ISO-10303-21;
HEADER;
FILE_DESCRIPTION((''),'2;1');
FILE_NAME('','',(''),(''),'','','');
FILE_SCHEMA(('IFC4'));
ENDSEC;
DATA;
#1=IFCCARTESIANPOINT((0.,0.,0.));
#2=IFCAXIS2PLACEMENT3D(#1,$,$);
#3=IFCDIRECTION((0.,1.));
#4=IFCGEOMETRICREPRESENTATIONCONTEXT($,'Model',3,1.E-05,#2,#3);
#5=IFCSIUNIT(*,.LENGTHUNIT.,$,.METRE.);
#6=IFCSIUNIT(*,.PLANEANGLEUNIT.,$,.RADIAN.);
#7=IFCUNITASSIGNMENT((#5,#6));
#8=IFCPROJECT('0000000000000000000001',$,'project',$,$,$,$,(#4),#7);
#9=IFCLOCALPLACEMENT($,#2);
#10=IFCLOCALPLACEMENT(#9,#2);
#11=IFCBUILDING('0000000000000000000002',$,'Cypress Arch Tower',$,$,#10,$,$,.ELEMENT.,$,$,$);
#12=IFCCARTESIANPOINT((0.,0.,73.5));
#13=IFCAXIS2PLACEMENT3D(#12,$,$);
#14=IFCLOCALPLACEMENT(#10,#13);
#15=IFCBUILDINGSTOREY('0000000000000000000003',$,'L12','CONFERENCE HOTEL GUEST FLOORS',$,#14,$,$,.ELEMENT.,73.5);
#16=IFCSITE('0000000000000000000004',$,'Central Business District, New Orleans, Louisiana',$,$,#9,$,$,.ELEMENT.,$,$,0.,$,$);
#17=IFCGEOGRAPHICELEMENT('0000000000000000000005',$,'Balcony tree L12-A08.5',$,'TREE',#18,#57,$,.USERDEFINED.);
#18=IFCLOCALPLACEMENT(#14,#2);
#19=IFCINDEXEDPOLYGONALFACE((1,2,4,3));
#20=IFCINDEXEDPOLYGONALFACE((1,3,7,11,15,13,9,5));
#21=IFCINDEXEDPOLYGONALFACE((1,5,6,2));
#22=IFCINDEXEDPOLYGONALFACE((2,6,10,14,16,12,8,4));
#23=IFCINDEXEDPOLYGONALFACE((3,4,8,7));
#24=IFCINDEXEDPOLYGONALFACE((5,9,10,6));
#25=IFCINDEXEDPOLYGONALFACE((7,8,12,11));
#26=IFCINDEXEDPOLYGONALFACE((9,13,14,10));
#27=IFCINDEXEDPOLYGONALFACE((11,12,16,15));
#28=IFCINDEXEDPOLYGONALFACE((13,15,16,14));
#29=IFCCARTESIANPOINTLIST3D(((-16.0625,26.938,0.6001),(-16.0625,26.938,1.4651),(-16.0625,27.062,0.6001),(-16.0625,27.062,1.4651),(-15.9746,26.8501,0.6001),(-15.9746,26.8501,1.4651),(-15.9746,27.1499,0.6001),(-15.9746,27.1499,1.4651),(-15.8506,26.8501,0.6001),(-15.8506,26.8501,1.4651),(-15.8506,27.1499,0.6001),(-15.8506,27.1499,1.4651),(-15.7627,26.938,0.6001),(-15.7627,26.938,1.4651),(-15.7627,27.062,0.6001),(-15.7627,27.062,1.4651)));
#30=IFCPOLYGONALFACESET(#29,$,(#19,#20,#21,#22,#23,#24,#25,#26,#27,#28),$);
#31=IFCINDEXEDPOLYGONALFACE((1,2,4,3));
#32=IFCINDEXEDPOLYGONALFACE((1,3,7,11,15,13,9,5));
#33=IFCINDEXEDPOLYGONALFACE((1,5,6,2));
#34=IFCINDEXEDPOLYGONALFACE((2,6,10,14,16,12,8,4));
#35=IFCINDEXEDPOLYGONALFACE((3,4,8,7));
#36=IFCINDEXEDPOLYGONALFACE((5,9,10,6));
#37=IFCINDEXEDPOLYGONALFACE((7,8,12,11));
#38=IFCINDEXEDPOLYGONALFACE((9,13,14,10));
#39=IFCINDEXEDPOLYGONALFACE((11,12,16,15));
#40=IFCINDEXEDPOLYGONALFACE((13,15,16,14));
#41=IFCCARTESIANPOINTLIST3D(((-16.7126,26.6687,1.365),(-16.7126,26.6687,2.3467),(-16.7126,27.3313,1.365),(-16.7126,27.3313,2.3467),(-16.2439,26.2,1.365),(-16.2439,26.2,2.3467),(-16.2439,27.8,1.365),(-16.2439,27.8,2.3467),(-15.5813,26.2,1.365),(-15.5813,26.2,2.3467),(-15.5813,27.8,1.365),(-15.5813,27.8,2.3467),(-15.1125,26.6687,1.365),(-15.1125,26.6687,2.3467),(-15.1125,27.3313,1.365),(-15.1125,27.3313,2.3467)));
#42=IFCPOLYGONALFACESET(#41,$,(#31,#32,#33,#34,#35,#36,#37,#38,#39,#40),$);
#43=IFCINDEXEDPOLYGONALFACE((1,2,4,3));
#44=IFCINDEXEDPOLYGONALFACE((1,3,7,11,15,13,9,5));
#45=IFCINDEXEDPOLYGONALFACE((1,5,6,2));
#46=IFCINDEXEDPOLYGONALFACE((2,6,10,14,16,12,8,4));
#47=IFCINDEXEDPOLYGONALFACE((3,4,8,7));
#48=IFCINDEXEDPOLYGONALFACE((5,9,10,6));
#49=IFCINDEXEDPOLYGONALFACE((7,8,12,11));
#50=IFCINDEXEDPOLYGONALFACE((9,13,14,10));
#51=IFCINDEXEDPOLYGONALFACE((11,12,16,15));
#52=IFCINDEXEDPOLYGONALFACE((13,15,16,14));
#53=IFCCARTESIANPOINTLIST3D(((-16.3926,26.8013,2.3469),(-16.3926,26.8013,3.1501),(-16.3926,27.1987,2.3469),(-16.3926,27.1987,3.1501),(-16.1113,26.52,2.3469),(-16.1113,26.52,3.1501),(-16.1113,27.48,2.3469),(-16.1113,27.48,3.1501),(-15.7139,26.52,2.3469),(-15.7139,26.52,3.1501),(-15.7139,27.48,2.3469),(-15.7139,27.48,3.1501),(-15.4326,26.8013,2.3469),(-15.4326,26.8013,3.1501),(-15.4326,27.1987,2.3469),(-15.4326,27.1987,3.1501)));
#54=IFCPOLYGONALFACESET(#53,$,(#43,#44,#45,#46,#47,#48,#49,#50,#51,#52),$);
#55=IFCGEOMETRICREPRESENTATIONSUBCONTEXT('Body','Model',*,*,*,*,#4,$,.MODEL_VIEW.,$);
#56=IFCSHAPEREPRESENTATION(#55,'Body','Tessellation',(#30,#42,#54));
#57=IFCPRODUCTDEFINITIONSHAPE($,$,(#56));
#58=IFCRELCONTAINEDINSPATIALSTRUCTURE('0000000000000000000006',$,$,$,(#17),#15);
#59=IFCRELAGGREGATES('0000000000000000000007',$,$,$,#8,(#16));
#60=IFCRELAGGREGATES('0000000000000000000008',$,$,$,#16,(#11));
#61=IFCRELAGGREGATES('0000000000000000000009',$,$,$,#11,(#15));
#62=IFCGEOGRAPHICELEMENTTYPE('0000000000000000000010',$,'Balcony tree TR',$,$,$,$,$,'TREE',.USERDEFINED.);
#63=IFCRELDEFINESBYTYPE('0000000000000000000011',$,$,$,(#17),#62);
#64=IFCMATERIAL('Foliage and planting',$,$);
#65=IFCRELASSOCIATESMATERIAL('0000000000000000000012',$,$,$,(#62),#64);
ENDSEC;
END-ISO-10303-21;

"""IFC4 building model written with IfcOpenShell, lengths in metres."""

from ifc_helpers import new_model, si_unit, direction, frame, origin, place, context, subcontext, project, spatial, polyline, outline, extrude, material, type_object, element, save


model = new_model("IFC4")

# Units and contexts
model_context = context("Model", 3, precision=1e-05, world=origin(), true_north=direction((0.0, 1.0)))
body_context = subcontext(model_context, "Body", "Model", "MODEL_VIEW")
ifc_project = project(units=[si_unit("LENGTHUNIT", "METRE"), si_unit("PLANEANGLEUNIT", "RADIAN")], contexts=[model_context])

# Site, building, storey
site_placement = place(None, origin())
site = spatial("IfcSite", under=ifc_project, at=site_placement, Name="Central Business District, New Orleans, Louisiana", CompositionType="ELEMENT", RefElevation=0.0)
building_placement = place(site_placement, origin())
building = spatial("IfcBuilding", under=site, at=building_placement, Name="Cypress Arch Tower", CompositionType="ELEMENT")
storey_placement = place(building_placement, frame((0.0, 0.0, 73.5)))
storey = spatial("IfcBuildingStorey", under=building, at=storey_placement, Name="L12", Description="CONFERENCE HOTEL GUEST FLOORS", CompositionType="ELEMENT", Elevation=73.5)

# Geographic element
ifc_material_1 = material(Name="Foliage and planting")
geographic_element_type = type_object("IfcGeographicElementType", Name="Balcony tree TR", ElementType="TREE", PredefinedType="USERDEFINED", material=ifc_material_1)
geographic_element_placement = place(storey_placement, frame((-15.9126, 27.0, 0.6001), z_axis=(0.0, 0.0, 1.0), x_axis=(1.0, 0.0, 0.0)))
element("IfcGeographicElement", 1, at=geographic_element_placement, inside=storey, type_object=geographic_element_type, Name="Balcony tree L12-A08.5", ObjectType="TREE", PredefinedType="USERDEFINED", context=body_context, shape_type="SweptSolid", body=[
    extrude(outline(polyline([(0.1499, 0.062), (0.062, 0.1499), (-0.062, 0.1499), (-0.1499, 0.062), (-0.1499, -0.062), (-0.062, -0.1499), (0.062, -0.1499), (0.1499, -0.062), (0.1499, 0.062)])), origin(), (0.0, 0.0, 1.0), 0.865),
    extrude(outline(polyline([(0.8, 0.3313), (0.3313, 0.8), (-0.3313, 0.8), (-0.8, 0.3313), (-0.8, -0.3313), (-0.3313, -0.8), (0.3313, -0.8), (0.8, -0.3313), (0.8, 0.3313)])), frame((0.0, 0.0, 0.7649)), (0.0, 0.0, 1.0), 0.9817),
    extrude(outline(polyline([(0.48, 0.1987), (0.1987, 0.48), (-0.1987, 0.48), (-0.48, 0.1987), (-0.48, -0.1987), (-0.1987, -0.48), (0.1987, -0.48), (0.48, -0.1987), (0.48, 0.1987)])), frame((0.0, 0.0, 1.7468)), (0.0, 0.0, 1.0), 0.8032),
])

save(model, "model.ifc")
